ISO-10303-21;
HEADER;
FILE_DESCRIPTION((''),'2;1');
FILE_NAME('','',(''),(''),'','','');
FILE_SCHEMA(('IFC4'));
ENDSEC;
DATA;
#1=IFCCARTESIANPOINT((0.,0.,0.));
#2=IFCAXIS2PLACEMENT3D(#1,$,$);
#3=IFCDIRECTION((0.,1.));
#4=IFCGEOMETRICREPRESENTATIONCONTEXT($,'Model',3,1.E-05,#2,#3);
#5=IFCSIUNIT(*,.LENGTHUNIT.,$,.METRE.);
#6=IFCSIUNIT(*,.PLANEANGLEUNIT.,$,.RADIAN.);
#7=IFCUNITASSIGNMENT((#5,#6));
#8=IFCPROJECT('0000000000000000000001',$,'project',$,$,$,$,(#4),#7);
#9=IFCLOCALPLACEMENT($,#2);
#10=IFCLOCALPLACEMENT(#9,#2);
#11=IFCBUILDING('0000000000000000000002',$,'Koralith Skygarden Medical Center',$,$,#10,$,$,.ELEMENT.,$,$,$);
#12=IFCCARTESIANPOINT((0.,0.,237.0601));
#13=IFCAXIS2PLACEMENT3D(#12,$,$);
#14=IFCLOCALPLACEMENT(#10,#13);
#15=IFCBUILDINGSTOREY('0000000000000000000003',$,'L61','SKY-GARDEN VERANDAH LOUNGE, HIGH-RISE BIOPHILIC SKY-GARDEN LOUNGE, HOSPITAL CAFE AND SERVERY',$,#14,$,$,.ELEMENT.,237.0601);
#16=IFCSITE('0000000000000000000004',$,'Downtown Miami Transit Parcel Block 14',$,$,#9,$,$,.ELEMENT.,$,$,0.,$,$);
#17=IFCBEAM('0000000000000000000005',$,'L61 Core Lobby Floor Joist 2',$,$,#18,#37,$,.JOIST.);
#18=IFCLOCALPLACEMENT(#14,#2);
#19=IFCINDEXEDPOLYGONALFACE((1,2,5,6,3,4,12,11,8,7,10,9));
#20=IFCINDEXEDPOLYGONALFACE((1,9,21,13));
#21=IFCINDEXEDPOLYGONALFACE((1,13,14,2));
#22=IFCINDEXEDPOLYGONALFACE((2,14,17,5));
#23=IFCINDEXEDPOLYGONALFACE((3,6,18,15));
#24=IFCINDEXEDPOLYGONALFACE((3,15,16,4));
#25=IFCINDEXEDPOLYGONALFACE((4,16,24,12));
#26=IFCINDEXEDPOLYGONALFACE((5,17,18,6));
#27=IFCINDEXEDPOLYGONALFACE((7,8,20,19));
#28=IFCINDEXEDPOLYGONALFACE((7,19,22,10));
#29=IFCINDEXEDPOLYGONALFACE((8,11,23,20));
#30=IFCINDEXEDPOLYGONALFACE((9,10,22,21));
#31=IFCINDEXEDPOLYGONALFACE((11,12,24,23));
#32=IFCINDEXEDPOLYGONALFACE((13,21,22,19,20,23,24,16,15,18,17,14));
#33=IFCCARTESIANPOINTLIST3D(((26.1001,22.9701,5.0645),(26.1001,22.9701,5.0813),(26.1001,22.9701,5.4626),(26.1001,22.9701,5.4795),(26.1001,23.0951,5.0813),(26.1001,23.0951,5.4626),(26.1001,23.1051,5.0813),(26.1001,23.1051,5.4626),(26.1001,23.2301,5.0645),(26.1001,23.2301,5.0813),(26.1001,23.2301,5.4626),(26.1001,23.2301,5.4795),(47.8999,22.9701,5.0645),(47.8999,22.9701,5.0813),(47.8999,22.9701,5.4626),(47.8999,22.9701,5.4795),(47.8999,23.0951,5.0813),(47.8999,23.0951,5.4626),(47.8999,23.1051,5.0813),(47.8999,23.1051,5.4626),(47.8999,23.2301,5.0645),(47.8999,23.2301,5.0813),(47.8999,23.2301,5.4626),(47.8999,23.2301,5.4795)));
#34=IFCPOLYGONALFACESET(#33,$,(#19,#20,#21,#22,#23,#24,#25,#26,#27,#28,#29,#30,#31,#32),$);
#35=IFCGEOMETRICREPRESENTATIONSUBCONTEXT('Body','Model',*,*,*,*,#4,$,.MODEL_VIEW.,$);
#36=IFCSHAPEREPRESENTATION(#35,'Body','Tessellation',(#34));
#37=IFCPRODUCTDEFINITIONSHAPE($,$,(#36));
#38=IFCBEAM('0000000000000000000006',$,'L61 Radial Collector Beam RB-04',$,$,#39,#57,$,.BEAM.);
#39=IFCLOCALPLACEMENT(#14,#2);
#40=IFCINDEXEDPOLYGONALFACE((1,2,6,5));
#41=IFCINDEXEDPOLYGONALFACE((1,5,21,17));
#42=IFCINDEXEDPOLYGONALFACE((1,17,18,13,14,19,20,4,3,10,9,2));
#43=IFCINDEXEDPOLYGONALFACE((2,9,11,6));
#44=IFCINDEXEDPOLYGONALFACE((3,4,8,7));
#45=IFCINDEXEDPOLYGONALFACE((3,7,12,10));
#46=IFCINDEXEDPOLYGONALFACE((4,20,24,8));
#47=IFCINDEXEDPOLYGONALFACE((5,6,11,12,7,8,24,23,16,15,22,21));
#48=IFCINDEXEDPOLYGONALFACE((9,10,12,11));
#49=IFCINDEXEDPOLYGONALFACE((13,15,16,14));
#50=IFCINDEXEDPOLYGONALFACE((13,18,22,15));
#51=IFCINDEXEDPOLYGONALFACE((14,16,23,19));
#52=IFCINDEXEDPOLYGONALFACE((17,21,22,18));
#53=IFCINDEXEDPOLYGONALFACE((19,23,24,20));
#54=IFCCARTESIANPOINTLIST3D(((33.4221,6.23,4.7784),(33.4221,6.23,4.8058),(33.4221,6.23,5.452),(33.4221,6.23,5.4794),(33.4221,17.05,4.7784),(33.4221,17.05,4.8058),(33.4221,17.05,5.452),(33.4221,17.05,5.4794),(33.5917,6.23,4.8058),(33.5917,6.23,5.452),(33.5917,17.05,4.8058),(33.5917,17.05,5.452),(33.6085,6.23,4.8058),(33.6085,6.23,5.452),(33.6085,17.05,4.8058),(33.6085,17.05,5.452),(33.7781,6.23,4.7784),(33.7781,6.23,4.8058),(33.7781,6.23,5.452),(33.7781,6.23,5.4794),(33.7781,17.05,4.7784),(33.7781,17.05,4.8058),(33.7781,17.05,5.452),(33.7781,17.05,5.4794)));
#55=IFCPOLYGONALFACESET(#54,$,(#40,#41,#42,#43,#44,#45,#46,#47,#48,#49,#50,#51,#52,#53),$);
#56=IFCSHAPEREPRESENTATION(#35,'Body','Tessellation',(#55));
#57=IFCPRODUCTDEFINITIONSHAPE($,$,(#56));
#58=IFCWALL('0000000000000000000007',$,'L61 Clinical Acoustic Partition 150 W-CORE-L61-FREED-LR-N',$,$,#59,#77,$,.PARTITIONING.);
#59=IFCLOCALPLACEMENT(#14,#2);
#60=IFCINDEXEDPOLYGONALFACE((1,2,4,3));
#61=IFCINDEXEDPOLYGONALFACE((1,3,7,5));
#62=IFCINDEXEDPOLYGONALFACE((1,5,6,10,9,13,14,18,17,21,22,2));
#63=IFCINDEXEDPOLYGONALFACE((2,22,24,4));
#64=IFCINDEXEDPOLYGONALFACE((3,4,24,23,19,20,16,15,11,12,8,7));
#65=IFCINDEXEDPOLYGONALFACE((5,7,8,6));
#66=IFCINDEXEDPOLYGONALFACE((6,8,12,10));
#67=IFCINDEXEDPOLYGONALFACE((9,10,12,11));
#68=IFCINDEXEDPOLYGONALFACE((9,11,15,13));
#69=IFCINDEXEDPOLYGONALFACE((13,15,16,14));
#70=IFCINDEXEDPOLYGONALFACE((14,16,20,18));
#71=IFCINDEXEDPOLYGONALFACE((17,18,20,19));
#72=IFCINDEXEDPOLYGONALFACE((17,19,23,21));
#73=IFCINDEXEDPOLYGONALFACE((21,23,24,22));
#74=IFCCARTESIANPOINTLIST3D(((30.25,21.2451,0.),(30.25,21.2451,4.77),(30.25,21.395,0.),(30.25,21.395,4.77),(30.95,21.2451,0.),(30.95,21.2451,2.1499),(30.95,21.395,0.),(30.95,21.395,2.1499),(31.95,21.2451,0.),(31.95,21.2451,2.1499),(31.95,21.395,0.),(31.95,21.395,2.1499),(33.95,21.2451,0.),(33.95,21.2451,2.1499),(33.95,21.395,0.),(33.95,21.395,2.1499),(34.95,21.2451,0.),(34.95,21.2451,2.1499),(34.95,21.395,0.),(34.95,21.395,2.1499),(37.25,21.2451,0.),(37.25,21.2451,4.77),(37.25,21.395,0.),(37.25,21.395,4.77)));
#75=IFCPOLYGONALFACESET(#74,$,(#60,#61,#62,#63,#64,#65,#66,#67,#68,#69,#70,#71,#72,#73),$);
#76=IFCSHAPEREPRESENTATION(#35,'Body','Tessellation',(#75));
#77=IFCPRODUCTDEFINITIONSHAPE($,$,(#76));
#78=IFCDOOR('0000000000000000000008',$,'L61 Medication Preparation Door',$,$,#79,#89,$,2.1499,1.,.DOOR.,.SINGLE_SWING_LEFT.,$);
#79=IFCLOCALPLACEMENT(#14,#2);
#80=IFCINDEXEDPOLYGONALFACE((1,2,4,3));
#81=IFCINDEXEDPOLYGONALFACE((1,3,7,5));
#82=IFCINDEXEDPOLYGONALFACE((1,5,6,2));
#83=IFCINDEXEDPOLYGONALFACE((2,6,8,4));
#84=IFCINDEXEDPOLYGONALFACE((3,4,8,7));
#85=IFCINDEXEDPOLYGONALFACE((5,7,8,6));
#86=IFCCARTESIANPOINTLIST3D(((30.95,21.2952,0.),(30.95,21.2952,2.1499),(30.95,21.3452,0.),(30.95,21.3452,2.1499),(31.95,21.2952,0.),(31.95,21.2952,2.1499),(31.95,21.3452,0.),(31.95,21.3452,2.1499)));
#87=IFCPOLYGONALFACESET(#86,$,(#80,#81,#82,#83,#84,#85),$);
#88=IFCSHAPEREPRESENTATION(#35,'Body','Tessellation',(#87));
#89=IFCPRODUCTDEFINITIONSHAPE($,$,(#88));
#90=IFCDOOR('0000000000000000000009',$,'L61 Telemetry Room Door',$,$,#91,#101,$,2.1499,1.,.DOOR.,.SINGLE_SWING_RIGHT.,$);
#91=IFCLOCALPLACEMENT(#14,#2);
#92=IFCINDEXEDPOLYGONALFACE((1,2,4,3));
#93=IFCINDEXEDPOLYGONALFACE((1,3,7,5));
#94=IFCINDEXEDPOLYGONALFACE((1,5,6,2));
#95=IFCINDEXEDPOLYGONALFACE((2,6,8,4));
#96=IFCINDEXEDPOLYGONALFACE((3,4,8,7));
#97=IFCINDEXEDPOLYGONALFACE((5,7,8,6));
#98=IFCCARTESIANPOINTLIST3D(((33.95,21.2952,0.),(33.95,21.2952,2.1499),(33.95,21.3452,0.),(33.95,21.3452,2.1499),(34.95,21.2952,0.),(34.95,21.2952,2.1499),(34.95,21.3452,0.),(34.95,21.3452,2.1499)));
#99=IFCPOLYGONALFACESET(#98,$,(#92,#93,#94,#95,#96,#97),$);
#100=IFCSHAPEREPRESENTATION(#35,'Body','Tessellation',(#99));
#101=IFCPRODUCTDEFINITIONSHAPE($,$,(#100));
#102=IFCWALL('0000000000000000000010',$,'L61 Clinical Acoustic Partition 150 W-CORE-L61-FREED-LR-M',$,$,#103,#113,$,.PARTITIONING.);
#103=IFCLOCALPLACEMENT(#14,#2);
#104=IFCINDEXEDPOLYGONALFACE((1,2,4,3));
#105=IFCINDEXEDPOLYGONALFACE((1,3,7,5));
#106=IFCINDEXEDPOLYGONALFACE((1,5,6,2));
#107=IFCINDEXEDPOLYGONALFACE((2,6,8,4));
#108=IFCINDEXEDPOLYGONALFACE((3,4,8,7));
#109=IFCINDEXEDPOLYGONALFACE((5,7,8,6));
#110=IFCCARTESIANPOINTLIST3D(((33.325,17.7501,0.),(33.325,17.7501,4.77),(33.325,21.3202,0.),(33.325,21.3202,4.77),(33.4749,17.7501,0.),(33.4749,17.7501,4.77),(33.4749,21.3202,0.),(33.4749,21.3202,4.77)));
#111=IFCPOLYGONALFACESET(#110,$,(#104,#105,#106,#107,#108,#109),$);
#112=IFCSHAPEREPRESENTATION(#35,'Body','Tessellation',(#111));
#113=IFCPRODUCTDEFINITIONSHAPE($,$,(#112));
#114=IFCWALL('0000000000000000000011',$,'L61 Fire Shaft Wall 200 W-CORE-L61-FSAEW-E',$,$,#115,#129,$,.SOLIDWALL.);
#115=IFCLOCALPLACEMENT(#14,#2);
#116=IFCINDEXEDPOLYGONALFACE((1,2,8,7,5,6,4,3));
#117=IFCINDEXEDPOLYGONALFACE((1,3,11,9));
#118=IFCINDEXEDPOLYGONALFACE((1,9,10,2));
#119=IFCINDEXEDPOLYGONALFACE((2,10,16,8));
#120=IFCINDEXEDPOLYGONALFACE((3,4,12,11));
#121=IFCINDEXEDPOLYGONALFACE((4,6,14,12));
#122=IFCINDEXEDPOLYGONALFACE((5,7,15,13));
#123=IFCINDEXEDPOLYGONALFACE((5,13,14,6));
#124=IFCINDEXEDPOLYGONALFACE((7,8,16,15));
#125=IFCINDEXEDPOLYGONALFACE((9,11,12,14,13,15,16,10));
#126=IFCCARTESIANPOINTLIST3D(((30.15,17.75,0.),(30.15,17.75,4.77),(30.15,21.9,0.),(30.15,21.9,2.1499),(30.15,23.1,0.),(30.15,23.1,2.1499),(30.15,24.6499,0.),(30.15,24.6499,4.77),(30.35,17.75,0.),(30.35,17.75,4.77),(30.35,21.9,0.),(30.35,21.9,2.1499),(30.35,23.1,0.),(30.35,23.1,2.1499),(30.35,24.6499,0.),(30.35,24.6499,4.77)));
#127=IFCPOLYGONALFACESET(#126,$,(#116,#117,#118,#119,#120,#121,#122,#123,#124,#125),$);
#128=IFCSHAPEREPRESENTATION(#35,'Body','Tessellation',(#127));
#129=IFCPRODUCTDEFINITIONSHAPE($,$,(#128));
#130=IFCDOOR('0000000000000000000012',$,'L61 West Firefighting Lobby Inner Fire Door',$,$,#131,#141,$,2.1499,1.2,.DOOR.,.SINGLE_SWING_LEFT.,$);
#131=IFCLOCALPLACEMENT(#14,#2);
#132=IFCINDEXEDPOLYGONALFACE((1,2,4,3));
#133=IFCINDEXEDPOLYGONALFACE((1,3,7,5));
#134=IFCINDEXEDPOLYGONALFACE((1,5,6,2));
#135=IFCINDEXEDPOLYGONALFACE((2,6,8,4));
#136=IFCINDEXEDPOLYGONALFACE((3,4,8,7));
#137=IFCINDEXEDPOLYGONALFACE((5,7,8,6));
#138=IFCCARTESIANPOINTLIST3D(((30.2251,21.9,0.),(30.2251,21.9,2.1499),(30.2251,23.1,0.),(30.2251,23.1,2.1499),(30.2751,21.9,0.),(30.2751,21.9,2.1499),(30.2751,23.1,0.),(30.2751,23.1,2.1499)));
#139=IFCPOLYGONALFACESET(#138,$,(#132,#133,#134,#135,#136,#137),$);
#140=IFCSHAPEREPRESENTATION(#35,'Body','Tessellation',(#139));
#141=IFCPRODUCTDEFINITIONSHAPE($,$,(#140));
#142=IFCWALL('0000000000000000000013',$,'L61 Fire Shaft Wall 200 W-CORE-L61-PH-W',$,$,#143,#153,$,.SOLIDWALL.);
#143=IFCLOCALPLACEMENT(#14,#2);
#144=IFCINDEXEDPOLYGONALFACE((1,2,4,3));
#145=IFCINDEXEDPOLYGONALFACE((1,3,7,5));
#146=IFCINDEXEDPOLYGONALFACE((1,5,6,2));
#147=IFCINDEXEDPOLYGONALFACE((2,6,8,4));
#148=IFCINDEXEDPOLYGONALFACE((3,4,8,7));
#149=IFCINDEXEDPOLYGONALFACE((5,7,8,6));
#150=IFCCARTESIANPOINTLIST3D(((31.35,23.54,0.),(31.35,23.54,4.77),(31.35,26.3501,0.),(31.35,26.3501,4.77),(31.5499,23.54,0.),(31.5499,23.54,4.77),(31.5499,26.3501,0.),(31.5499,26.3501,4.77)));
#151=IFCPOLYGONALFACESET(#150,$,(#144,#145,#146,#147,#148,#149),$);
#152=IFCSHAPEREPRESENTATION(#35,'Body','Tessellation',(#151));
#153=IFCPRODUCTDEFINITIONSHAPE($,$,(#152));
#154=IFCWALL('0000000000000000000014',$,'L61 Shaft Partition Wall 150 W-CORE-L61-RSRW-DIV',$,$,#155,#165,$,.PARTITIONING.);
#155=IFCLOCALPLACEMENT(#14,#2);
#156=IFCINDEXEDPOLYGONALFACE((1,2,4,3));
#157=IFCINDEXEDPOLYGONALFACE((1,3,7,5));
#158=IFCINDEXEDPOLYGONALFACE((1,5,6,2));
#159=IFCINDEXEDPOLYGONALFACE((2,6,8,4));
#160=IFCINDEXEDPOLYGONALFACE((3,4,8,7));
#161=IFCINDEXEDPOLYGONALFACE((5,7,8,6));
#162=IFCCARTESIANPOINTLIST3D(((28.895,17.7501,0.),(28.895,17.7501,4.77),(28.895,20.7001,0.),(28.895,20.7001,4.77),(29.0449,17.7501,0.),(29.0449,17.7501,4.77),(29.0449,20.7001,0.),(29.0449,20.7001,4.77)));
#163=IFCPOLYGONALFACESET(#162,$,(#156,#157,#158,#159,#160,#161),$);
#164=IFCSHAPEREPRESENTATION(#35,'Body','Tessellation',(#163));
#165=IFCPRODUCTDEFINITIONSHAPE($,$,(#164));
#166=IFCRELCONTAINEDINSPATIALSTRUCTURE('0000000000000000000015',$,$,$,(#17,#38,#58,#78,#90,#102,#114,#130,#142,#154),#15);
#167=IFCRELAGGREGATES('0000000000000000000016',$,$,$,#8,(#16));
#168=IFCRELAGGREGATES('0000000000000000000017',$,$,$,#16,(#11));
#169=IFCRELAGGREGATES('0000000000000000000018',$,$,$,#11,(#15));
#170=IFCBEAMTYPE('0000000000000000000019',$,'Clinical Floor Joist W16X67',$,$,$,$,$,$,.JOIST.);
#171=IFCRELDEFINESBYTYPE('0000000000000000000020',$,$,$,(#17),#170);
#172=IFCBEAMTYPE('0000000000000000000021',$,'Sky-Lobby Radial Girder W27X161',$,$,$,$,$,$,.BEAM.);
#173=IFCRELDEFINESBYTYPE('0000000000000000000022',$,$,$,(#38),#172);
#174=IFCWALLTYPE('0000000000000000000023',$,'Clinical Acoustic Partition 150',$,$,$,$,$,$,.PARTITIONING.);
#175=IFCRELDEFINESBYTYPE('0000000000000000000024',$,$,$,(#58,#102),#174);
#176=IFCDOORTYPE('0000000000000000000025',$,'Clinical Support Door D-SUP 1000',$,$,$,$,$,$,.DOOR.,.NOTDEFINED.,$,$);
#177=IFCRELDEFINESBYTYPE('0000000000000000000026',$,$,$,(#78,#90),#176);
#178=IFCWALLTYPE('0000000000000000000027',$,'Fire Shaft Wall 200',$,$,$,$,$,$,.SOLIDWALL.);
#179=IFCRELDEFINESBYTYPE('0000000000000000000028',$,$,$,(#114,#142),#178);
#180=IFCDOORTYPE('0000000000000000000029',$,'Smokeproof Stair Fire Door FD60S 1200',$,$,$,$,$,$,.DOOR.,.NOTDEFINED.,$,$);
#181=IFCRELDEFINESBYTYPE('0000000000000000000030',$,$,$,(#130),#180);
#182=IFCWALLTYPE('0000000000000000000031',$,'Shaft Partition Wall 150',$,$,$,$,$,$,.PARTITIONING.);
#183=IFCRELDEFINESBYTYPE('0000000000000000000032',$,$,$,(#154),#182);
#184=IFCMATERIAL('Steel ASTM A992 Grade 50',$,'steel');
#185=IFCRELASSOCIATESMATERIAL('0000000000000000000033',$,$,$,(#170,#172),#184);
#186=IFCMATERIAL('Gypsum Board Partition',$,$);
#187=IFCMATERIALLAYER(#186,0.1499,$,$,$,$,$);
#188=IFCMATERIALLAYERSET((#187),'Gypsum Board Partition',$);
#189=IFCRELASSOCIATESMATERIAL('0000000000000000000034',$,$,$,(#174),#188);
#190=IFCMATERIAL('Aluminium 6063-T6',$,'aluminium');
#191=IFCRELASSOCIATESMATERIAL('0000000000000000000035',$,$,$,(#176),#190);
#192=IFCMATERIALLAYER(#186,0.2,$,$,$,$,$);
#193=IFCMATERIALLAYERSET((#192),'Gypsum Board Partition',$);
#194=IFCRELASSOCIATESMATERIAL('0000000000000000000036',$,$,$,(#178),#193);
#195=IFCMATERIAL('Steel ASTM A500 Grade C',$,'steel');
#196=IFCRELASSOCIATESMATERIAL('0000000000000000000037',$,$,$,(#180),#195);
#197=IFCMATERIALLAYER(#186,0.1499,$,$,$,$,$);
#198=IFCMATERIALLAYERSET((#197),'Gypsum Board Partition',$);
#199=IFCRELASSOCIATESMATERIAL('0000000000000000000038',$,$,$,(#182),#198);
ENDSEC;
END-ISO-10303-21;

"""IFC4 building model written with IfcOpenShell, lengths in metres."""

from ifc_helpers import new_model, si_unit, direction, frame, frame_2d, origin, origin_2d, place, context, subcontext, project, spatial, rectangle, i_section, extrude, material, layer, layer_set, material_profile, profile_set, type_object, element, fill, save


model = new_model("IFC4")

# Units and contexts
model_context = context("Model", 3, precision=1e-05, world=origin(), true_north=direction((0.0, 1.0)))
body_context = subcontext(model_context, "Body", "Model", "MODEL_VIEW")
ifc_project = project(units=[si_unit("LENGTHUNIT", "METRE"), si_unit("PLANEANGLEUNIT", "RADIAN")], contexts=[model_context])

# Site, building, storey
site_placement = place(None, origin())
site = spatial("IfcSite", under=ifc_project, at=site_placement, Name="Downtown Miami Transit Parcel Block 14", CompositionType="ELEMENT", RefElevation=0.0)
building_placement = place(site_placement, origin())
building = spatial("IfcBuilding", under=site, at=building_placement, Name="Koralith Skygarden Medical Center", CompositionType="ELEMENT")
storey_placement = place(building_placement, frame((0.0, 0.0, 237.0601)))
storey = spatial("IfcBuildingStorey", under=building, at=storey_placement, Name="L61", Description="SKY-GARDEN VERANDAH LOUNGE, HIGH-RISE BIOPHILIC SKY-GARDEN LOUNGE, HOSPITAL CAFE AND SERVERY", CompositionType="ELEMENT", Elevation=237.0601)

# Beams
ifc_material_1 = material(Name="Steel ASTM A992 Grade 50", Category="steel")
ifc_material_profile_1 = material_profile(ifc_material_1, i_section(OverallWidth=0.26, OverallDepth=0.415, WebThickness=0.01, FlangeThickness=0.0168, at=origin_2d()), Name="W16X67")
ifc_profile_set_1 = profile_set([ifc_material_profile_1], Name="Steel ASTM A992 Grade 50")
beam_type_1 = type_object("IfcBeamType", Name="Clinical Floor Joist W16X67", PredefinedType="JOIST", material=ifc_profile_set_1)
beam_1_placement = place(storey_placement, frame((26.1001, 23.1001, 5.272), z_axis=(1.0, 0.0, 0.0), x_axis=(0.0, 1.0, 0.0)))
element("IfcBeam", 1, at=beam_1_placement, inside=storey, type_object=beam_type_1, Name="L61 Core Lobby Floor Joist 2", PredefinedType="JOIST", context=body_context, shape_type="SweptSolid", body=[
    extrude(i_section(OverallWidth=0.26, OverallDepth=0.415, WebThickness=0.01, FlangeThickness=0.0168, at=origin_2d()), origin(), (0.0, 0.0, 1.0), 21.7998),
])
ifc_material_profile_2 = material_profile(ifc_material_1, i_section(OverallWidth=0.356, OverallDepth=0.7009, WebThickness=0.0168, FlangeThickness=0.0273, at=origin_2d()), Name="W27X161")
ifc_profile_set_2 = profile_set([ifc_material_profile_2], Name="Steel ASTM A992 Grade 50")
beam_type_2 = type_object("IfcBeamType", Name="Sky-Lobby Radial Girder W27X161", PredefinedType="BEAM", material=ifc_profile_set_2)
beam_2_placement = place(storey_placement, frame((33.6001, 17.05, 5.1289), z_axis=(0.0, -1.0, 0.0), x_axis=(1.0, 0.0, 0.0)))
element("IfcBeam", 2, at=beam_2_placement, inside=storey, type_object=beam_type_2, Name="L61 Radial Collector Beam RB-04", PredefinedType="BEAM", context=body_context, shape_type="SweptSolid", body=[
    extrude(i_section(OverallWidth=0.356, OverallDepth=0.7009, WebThickness=0.0168, FlangeThickness=0.0273, at=origin_2d()), origin(), (0.0, 0.0, 1.0), 10.8201),
])

# Wall, openings, doors
ifc_material_2 = material(Name="Gypsum Board Partition")
ifc_layer_1 = layer(ifc_material_2, 0.1499)
ifc_layer_set_1 = layer_set([ifc_layer_1], Name="Gypsum Board Partition")
wall_type_1 = type_object("IfcWallType", Name="Clinical Acoustic Partition 150", PredefinedType="PARTITIONING", material=ifc_layer_set_1)
wall_1_placement = place(storey_placement, frame((30.25, 21.3201, 0.0), z_axis=(0.0, 0.0, 1.0), x_axis=(1.0, 0.0, 0.0)))
wall_1 = element("IfcWall", 3, at=wall_1_placement, inside=storey, type_object=wall_type_1, Name="L61 Clinical Acoustic Partition 150 W-CORE-L61-FREED-LR-N", PredefinedType="PARTITIONING", context=body_context, shape_type="SweptSolid", body=[
    extrude(rectangle(XDim=7.0, YDim=0.1499, at=frame_2d((3.5, 0.0))), origin(), (0.0, 0.0, 1.0), 4.77),
])
opening_1_placement = place(wall_1_placement, frame((0.7, 0.0, 0.0)))
opening_1 = element("IfcOpeningElement", 4, at=opening_1_placement, cuts=wall_1, PredefinedType="OPENING", context=body_context, shape_type="SweptSolid", body=[
    extrude(rectangle(XDim=1.0, YDim=2.1499, at=frame_2d((0.5, 1.075))), frame((0.0, 0.085, 0.0), z_axis=(0.0, -1.0, 0.0), x_axis=(1.0, 0.0, 0.0)), (0.0, 0.0, 1.0), 0.1699),
])
opening_2_placement = place(wall_1_placement, frame((3.7, 0.0, 0.0)))
opening_2 = element("IfcOpeningElement", 5, at=opening_2_placement, cuts=wall_1, PredefinedType="OPENING", context=body_context, shape_type="SweptSolid", body=[
    extrude(rectangle(XDim=1.0, YDim=2.1499, at=frame_2d((0.5, 1.075))), frame((0.0, 0.085, 0.0), z_axis=(0.0, -1.0, 0.0), x_axis=(1.0, 0.0, 0.0)), (0.0, 0.0, 1.0), 0.1699),
])
ifc_material_3 = material(Name="Aluminium 6063-T6", Category="aluminium")
door_type_1 = type_object("IfcDoorType", Name="Clinical Support Door D-SUP 1000", OperationType="NOTDEFINED", PredefinedType="DOOR", material=ifc_material_3)
door_1_placement = place(opening_1_placement, frame((1.0, 0.0, 0.0), z_axis=(0.0, 0.0, 1.0), x_axis=(-1.0, 0.0, 0.0)))
door_1 = element("IfcDoor", 6, at=door_1_placement, inside=storey, type_object=door_type_1, Name="L61 Medication Preparation Door", OperationType="SINGLE_SWING_LEFT", OverallHeight=2.1499, OverallWidth=1.0, PredefinedType="DOOR", context=body_context, shape_type="SweptSolid", body=[
    extrude(rectangle(XDim=1.0, YDim=2.1499, at=frame_2d((0.5, 1.075))), frame((0.0, 0.0249, 0.0), z_axis=(0.0, -1.0, 0.0), x_axis=(1.0, 0.0, 0.0)), (0.0, 0.0, 1.0), 0.05),
])
fill(opening_1, door_1)
door_2_placement = place(opening_2_placement, frame((1.0, 0.0, 0.0), z_axis=(0.0, 0.0, 1.0), x_axis=(-1.0, 0.0, 0.0)))
door_2 = element("IfcDoor", 7, at=door_2_placement, inside=storey, type_object=door_type_1, Name="L61 Telemetry Room Door", OperationType="SINGLE_SWING_RIGHT", OverallHeight=2.1499, OverallWidth=1.0, PredefinedType="DOOR", context=body_context, shape_type="SweptSolid", body=[
    extrude(rectangle(XDim=1.0, YDim=2.1499, at=frame_2d((0.5, 1.075))), frame((0.0, 0.0249, 0.0), z_axis=(0.0, -1.0, 0.0), x_axis=(1.0, 0.0, 0.0)), (0.0, 0.0, 1.0), 0.05),
])
fill(opening_2, door_2)

# Wall
wall_2_placement = place(storey_placement, frame((33.3999, 17.75, 0.0), z_axis=(0.0, 0.0, 1.0), x_axis=(0.0, 1.0, 0.0)))
element("IfcWall", 8, at=wall_2_placement, inside=storey, type_object=wall_type_1, Name="L61 Clinical Acoustic Partition 150 W-CORE-L61-FREED-LR-M", PredefinedType="PARTITIONING", context=body_context, shape_type="SweptSolid", body=[
    extrude(rectangle(XDim=3.5701, YDim=0.1499, at=frame_2d((1.7852, 0.0))), origin(), (0.0, 0.0, 1.0), 4.77),
])

# Wall, opening, door
ifc_layer_2 = layer(ifc_material_2, 0.2)
ifc_layer_set_2 = layer_set([ifc_layer_2], Name="Gypsum Board Partition")
wall_type_2 = type_object("IfcWallType", Name="Fire Shaft Wall 200", PredefinedType="SOLIDWALL", material=ifc_layer_set_2)
ifc_material_4 = material(Name="Steel ASTM A500 Grade C", Category="steel")
wall_3_placement = place(storey_placement, frame((30.25, 17.75, 0.0), z_axis=(0.0, 0.0, 1.0), x_axis=(0.0, 1.0, 0.0)))
wall_3 = element("IfcWall", 9, at=wall_3_placement, inside=storey, type_object=wall_type_2, Name="L61 Fire Shaft Wall 200 W-CORE-L61-FSAEW-E", PredefinedType="SOLIDWALL", context=body_context, shape_type="SweptSolid", body=[
    extrude(rectangle(XDim=6.8999, YDim=0.2, at=frame_2d((3.45, 0.0))), origin(), (0.0, 0.0, 1.0), 4.77),
])
opening_3_placement = place(wall_3_placement, frame((4.1499, 0.0, 0.0)))
opening_3 = element("IfcOpeningElement", 10, at=opening_3_placement, cuts=wall_3, PredefinedType="OPENING", context=body_context, shape_type="SweptSolid", body=[
    extrude(rectangle(XDim=1.2, YDim=2.1499, at=frame_2d((0.6001, 1.075))), frame((0.0, 0.1099, 0.0), z_axis=(0.0, -1.0, 0.0), x_axis=(1.0, 0.0, 0.0)), (0.0, 0.0, 1.0), 0.22),
])
door_type_2 = type_object("IfcDoorType", Name="Smokeproof Stair Fire Door FD60S 1200", OperationType="NOTDEFINED", PredefinedType="DOOR", material=ifc_material_4)
door_3_placement = place(opening_3_placement, origin())
door_3 = element("IfcDoor", 11, at=door_3_placement, inside=storey, type_object=door_type_2, Name="L61 West Firefighting Lobby Inner Fire Door", OperationType="SINGLE_SWING_LEFT", OverallHeight=2.1499, OverallWidth=1.2, PredefinedType="DOOR", context=body_context, shape_type="SweptSolid", body=[
    extrude(rectangle(XDim=1.2, YDim=2.1499, at=frame_2d((0.6001, 1.075))), frame((0.0, 0.0249, 0.0), z_axis=(0.0, -1.0, 0.0), x_axis=(1.0, 0.0, 0.0)), (0.0, 0.0, 1.0), 0.05),
])
fill(opening_3, door_3)

# Walls
wall_4_placement = place(storey_placement, frame((31.45, 23.54, 0.0), z_axis=(0.0, 0.0, 1.0), x_axis=(0.0, 1.0, 0.0)))
element("IfcWall", 12, at=wall_4_placement, inside=storey, type_object=wall_type_2, Name="L61 Fire Shaft Wall 200 W-CORE-L61-PH-W", PredefinedType="SOLIDWALL", context=body_context, shape_type="SweptSolid", body=[
    extrude(rectangle(XDim=2.8101, YDim=0.2, at=frame_2d((1.405, 0.0))), origin(), (0.0, 0.0, 1.0), 4.77),
])
ifc_layer_3 = layer(ifc_material_2, 0.1499)
ifc_layer_set_3 = layer_set([ifc_layer_3], Name="Gypsum Board Partition")
wall_type_3 = type_object("IfcWallType", Name="Shaft Partition Wall 150", PredefinedType="PARTITIONING", material=ifc_layer_set_3)
wall_5_placement = place(storey_placement, frame((28.97, 17.75, 0.0), z_axis=(0.0, 0.0, 1.0), x_axis=(0.0, 1.0, 0.0)))
element("IfcWall", 13, at=wall_5_placement, inside=storey, type_object=wall_type_3, Name="L61 Shaft Partition Wall 150 W-CORE-L61-RSRW-DIV", PredefinedType="PARTITIONING", context=body_context, shape_type="SweptSolid", body=[
    extrude(rectangle(XDim=2.95, YDim=0.1499, at=frame_2d((1.4751, 0.0))), origin(), (0.0, 0.0, 1.0), 4.77),
])

save(model, "model.ifc")
